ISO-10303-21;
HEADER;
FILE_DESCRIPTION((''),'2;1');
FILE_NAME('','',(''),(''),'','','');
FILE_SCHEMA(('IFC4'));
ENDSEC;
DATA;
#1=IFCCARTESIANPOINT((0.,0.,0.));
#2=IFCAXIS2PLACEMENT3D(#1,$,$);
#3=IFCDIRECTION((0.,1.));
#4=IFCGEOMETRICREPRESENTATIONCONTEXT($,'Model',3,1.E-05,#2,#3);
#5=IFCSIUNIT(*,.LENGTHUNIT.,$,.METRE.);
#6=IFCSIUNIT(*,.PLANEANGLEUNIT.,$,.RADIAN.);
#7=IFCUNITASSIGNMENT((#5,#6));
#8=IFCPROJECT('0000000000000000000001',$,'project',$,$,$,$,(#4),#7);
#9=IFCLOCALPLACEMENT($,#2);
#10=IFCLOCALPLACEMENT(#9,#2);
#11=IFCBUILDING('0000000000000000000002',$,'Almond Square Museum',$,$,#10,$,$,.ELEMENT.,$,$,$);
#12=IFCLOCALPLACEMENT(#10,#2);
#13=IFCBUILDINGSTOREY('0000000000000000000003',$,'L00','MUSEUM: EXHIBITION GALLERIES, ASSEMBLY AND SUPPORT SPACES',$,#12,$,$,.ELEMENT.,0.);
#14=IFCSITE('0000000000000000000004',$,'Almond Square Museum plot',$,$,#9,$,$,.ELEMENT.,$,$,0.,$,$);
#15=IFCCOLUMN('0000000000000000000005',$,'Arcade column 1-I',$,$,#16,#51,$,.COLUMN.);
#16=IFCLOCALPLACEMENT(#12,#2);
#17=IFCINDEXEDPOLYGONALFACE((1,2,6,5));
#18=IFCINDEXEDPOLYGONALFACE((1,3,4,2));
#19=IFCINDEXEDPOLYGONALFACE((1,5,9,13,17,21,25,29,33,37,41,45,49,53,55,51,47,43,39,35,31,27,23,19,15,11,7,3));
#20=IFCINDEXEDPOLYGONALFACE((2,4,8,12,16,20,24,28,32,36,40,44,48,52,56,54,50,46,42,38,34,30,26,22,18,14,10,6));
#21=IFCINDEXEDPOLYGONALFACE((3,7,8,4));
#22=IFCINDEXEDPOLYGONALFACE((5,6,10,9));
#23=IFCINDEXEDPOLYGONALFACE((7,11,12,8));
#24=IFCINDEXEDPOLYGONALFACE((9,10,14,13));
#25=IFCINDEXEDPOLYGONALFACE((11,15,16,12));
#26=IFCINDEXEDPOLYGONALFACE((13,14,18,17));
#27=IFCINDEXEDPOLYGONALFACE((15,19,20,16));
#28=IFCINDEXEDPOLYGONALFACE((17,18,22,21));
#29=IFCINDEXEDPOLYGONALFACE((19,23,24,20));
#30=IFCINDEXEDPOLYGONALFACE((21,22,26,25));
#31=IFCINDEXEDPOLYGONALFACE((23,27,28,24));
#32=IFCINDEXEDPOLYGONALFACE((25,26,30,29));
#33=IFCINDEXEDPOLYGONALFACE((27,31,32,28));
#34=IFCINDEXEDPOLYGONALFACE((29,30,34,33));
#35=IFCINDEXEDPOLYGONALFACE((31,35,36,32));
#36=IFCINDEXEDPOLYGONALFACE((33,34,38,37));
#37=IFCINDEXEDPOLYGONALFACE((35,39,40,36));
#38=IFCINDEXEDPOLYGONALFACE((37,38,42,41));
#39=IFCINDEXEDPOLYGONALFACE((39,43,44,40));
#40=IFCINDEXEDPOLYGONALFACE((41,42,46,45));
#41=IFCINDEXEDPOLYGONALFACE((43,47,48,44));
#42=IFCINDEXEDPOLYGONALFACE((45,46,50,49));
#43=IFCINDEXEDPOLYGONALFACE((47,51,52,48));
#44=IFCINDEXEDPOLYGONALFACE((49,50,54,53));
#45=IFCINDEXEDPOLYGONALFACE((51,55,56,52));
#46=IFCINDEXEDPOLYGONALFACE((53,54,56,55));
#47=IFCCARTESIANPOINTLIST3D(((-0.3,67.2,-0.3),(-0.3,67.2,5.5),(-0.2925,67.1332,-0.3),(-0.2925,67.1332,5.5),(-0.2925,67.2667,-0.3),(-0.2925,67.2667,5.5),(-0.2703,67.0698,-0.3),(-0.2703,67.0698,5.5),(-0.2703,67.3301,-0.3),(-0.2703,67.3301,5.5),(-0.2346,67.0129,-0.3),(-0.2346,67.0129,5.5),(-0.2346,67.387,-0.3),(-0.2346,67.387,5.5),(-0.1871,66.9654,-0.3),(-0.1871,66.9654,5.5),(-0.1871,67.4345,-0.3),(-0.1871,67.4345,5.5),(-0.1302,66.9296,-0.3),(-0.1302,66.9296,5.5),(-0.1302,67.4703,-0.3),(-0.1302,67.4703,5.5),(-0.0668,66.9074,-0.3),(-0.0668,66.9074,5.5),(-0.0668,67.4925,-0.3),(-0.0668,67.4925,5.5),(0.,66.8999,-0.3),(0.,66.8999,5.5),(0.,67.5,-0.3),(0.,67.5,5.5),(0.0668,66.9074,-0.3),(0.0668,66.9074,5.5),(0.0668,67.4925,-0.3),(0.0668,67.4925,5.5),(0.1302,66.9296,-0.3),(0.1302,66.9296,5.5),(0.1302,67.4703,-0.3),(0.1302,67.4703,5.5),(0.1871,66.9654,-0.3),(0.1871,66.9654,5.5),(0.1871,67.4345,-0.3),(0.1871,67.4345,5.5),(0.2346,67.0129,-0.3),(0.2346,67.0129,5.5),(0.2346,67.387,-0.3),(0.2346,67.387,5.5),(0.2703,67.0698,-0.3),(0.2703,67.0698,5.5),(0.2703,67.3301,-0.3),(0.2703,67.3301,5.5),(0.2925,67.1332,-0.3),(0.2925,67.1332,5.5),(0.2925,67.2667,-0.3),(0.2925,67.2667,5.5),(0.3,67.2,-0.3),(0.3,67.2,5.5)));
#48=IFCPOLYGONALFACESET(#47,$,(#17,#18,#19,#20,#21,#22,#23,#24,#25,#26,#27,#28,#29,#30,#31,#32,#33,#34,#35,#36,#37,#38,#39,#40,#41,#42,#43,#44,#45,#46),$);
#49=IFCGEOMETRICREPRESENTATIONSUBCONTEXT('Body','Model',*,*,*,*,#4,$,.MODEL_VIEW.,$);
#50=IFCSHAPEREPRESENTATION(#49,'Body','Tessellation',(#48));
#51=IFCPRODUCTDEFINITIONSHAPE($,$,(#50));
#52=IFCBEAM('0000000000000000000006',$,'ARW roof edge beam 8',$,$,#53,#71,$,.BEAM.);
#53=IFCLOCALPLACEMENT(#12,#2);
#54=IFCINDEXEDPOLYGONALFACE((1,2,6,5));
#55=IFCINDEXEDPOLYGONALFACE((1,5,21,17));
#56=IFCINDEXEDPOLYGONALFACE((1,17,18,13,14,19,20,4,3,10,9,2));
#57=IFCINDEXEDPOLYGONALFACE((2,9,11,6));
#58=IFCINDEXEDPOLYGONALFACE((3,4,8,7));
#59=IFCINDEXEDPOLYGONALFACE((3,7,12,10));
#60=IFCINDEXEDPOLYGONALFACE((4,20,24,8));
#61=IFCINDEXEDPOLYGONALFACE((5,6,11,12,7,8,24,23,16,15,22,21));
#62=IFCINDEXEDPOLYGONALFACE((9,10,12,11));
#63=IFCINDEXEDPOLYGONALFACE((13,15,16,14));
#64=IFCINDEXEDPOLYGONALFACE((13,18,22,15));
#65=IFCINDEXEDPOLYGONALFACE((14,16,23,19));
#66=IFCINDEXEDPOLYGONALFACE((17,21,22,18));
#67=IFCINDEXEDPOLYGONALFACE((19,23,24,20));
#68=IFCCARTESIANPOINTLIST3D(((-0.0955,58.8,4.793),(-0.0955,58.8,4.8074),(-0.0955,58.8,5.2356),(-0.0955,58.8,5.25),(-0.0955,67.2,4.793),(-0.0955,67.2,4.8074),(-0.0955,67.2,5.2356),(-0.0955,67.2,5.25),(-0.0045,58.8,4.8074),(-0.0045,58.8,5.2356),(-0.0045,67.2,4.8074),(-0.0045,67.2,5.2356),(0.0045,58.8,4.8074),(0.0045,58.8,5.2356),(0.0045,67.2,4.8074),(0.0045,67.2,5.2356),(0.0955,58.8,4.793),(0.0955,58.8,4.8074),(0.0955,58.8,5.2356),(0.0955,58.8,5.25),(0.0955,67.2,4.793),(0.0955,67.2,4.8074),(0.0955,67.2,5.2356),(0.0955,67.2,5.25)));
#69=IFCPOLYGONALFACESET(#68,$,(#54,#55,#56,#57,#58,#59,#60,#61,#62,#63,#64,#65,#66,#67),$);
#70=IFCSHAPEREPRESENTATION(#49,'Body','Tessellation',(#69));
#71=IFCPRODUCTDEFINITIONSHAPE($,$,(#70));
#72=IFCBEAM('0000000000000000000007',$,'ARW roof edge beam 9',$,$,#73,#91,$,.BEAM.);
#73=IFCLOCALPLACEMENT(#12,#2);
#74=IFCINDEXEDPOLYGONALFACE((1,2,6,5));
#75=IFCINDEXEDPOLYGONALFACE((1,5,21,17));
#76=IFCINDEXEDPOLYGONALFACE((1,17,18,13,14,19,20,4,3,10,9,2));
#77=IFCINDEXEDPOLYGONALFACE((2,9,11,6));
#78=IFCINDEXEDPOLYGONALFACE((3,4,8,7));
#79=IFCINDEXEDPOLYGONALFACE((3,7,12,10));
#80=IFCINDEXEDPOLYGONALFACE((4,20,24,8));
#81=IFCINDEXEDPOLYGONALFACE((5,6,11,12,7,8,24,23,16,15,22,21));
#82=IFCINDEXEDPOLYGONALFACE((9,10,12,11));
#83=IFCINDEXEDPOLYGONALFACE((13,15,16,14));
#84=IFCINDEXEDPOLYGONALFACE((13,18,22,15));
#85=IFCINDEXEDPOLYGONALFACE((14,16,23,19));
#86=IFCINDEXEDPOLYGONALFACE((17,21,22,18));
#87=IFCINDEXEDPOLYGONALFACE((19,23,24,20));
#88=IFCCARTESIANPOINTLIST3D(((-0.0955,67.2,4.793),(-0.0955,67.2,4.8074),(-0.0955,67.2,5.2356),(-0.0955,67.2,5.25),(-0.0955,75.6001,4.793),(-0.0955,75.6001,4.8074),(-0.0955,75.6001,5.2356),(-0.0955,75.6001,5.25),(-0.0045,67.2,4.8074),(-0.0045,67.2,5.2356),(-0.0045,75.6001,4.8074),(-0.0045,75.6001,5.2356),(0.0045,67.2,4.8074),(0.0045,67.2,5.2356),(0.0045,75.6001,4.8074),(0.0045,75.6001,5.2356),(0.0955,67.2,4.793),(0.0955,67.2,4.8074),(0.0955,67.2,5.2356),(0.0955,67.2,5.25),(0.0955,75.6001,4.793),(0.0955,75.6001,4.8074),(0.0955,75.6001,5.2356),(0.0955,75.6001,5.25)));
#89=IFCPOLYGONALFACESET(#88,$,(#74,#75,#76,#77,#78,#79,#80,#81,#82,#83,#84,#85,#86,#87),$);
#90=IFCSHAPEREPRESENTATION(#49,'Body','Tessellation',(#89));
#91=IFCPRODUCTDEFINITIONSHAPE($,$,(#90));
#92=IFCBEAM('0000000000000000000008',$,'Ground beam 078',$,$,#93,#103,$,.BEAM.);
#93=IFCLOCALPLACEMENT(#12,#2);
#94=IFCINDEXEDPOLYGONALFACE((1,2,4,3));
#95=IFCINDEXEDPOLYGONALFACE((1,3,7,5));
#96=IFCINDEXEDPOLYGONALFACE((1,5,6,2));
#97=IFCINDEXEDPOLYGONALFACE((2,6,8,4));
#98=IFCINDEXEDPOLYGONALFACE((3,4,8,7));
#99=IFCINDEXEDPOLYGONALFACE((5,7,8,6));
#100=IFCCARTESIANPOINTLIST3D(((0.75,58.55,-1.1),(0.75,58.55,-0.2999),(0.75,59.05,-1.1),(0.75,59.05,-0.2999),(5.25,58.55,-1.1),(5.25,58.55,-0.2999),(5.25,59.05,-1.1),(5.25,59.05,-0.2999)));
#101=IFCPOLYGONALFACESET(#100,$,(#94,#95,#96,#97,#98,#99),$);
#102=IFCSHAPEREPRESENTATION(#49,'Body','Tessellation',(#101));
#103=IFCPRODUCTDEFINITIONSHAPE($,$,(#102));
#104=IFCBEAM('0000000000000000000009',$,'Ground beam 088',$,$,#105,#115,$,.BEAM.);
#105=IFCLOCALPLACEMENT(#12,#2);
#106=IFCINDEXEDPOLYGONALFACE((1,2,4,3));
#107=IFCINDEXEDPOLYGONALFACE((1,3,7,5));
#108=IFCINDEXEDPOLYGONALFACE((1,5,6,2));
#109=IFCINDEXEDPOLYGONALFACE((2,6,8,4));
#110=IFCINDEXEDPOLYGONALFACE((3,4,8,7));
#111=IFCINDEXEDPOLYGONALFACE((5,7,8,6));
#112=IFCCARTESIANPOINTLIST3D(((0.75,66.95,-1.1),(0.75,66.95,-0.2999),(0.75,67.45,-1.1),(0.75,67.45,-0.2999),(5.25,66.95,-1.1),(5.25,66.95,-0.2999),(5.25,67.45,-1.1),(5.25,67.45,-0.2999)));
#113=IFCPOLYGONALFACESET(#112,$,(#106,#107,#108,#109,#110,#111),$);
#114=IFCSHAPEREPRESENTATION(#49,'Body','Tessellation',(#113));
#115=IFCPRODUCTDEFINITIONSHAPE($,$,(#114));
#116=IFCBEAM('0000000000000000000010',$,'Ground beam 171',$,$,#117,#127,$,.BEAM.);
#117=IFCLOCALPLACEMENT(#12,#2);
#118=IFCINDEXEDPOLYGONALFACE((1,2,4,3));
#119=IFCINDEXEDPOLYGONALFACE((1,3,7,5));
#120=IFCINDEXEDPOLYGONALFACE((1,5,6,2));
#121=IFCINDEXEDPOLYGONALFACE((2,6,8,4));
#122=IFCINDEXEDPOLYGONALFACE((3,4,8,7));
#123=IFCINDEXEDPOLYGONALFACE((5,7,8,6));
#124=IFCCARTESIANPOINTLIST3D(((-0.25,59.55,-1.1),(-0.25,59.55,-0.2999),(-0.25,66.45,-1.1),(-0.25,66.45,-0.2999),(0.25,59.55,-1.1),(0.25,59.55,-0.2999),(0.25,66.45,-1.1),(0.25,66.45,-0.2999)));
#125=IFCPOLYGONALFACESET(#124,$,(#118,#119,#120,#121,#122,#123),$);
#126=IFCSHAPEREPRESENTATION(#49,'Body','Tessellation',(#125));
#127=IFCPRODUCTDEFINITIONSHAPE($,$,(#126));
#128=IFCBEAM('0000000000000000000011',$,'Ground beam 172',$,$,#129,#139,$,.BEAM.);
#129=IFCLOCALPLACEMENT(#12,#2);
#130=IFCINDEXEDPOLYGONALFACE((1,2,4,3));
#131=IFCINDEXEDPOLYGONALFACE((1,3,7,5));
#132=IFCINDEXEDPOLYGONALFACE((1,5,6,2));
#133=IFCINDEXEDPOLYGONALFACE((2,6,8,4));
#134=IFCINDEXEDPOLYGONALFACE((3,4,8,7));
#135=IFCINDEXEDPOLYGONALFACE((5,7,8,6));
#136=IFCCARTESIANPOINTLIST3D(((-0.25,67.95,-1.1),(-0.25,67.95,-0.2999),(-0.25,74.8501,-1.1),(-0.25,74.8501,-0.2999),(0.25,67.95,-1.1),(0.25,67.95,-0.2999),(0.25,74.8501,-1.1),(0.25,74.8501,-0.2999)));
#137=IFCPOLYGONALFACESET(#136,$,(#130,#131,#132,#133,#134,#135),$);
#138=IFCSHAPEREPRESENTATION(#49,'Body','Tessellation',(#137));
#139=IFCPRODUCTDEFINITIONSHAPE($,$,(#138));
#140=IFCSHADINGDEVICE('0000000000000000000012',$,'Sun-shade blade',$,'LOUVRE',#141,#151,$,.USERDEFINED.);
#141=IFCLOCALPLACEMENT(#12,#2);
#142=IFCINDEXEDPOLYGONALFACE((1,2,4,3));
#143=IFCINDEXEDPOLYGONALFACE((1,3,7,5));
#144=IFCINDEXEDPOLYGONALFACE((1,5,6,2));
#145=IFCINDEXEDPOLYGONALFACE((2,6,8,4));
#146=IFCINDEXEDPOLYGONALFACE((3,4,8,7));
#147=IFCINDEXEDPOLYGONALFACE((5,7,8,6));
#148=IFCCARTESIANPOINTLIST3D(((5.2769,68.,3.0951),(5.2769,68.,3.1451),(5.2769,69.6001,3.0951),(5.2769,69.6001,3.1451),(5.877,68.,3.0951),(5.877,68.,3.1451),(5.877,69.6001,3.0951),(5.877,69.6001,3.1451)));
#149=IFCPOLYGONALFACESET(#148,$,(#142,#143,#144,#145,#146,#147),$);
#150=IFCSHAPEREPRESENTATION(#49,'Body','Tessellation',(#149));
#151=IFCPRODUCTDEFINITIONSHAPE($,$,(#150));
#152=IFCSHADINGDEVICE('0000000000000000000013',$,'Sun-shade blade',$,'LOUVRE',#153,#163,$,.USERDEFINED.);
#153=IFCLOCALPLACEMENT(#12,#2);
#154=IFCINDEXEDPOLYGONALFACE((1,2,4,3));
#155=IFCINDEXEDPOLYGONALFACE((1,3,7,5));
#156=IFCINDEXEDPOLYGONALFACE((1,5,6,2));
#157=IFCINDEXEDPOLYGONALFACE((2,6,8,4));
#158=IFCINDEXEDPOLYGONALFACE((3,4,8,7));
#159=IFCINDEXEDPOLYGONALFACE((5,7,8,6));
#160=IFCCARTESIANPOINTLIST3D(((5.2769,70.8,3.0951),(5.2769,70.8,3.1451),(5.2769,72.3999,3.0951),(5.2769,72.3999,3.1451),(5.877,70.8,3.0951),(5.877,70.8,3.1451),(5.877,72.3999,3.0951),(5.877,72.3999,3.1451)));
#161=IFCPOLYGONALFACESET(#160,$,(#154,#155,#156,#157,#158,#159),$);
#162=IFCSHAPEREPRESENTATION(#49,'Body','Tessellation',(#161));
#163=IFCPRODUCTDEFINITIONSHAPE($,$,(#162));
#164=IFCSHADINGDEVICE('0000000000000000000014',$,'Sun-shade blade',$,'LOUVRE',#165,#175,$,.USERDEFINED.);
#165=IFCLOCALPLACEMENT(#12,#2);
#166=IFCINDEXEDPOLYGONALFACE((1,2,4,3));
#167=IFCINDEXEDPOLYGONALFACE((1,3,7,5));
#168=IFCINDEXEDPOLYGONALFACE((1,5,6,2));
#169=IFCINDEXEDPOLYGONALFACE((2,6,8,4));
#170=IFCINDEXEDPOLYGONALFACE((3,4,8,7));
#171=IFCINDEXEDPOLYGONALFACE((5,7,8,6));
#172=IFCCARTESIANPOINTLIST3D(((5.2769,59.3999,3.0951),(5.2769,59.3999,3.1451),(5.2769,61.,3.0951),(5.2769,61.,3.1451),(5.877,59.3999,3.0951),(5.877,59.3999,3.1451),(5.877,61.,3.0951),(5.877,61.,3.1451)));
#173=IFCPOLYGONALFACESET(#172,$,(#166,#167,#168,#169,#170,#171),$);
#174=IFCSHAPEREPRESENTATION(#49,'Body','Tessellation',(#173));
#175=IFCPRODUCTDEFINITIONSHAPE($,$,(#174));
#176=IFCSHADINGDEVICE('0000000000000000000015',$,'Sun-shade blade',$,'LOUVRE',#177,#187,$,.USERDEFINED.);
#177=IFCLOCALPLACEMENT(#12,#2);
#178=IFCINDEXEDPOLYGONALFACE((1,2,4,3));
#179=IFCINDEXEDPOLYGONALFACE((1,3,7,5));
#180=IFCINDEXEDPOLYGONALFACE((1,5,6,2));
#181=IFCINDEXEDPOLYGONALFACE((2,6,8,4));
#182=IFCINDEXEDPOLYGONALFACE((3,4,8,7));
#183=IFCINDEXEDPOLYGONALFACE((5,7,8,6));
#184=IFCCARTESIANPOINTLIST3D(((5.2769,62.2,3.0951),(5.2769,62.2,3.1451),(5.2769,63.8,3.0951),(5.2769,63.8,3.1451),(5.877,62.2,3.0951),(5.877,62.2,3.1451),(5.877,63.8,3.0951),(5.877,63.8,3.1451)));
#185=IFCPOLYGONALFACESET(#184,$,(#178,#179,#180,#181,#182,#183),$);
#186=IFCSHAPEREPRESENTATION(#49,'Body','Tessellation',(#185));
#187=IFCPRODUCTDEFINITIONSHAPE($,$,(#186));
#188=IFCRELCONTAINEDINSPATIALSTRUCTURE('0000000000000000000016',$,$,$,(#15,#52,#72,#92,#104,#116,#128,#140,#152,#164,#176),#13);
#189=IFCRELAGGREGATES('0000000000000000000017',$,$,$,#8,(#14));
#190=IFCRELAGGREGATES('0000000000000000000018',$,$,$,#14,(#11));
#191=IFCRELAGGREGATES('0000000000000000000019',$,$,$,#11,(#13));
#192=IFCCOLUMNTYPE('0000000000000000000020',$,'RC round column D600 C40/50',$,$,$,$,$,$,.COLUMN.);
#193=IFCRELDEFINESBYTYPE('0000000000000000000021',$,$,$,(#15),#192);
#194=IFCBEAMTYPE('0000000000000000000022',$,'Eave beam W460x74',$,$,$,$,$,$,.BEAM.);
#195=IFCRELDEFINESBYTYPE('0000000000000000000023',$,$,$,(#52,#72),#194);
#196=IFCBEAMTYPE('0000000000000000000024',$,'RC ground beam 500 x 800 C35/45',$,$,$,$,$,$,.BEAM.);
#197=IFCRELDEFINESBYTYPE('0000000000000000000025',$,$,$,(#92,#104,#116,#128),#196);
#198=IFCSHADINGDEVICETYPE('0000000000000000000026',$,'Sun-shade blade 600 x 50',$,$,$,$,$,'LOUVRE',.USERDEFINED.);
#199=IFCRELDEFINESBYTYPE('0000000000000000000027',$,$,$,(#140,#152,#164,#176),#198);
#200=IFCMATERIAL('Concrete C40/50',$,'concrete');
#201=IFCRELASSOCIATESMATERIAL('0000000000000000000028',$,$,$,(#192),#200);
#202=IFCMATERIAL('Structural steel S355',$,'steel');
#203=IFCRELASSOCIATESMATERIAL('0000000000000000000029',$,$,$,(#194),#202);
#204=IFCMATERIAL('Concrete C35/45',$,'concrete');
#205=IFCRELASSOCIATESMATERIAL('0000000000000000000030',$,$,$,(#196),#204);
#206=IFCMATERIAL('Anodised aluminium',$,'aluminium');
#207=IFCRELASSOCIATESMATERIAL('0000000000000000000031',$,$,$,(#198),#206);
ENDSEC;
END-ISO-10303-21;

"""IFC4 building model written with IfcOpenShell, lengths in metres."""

from ifc_helpers import new_model, si_unit, direction, frame, origin, origin_2d, place, context, subcontext, project, spatial, rectangle, circle, i_section, extrude, material, material_profile, profile_set, type_object, element, save


model = new_model("IFC4")

# Units and contexts
model_context = context("Model", 3, precision=1e-05, world=origin(), true_north=direction((0.0, 1.0)))
body_context = subcontext(model_context, "Body", "Model", "MODEL_VIEW")
ifc_project = project(units=[si_unit("LENGTHUNIT", "METRE"), si_unit("PLANEANGLEUNIT", "RADIAN")], contexts=[model_context])

# Site, building, storey
site_placement = place(None, origin())
site = spatial("IfcSite", under=ifc_project, at=site_placement, Name="Almond Square Museum plot", CompositionType="ELEMENT", RefElevation=0.0)
building_placement = place(site_placement, origin())
building = spatial("IfcBuilding", under=site, at=building_placement, Name="Almond Square Museum", CompositionType="ELEMENT")
storey_placement = place(building_placement, origin())
storey = spatial("IfcBuildingStorey", under=building, at=storey_placement, Name="L00", Description="MUSEUM: EXHIBITION GALLERIES, ASSEMBLY AND SUPPORT SPACES", CompositionType="ELEMENT", Elevation=0.0)

# Column
ifc_material_1 = material(Name="Concrete C40/50", Category="concrete")
ifc_material_profile_1 = material_profile(ifc_material_1, circle(Radius=0.3, at=origin_2d()))
ifc_profile_set_1 = profile_set([ifc_material_profile_1], Name="Concrete C40/50")
column_type_1 = type_object("IfcColumnType", Name="RC round column D600 C40/50", PredefinedType="COLUMN", material=ifc_profile_set_1)
for number, where, z_axis, x_axis, name in (
    (1, (0.0, 67.2, -0.3), (0.0, 0.0, 1.0), (1.0, 0.0, 0.0), "Arcade column 1-I"),
):
    element("IfcColumn", number, at=place(storey_placement, frame(where, z_axis=z_axis, x_axis=x_axis)), inside=storey, type_object=column_type_1, Name=name, PredefinedType="COLUMN", context=body_context, shape_type="SweptSolid", body=[
        extrude(circle(Radius=0.3, at=origin_2d()), origin(), (0.0, 0.0, 1.0), 5.8),
    ])

# Beams
ifc_material_2 = material(Name="Structural steel S355", Category="steel")
ifc_material_profile_2 = material_profile(ifc_material_2, i_section(OverallWidth=0.1909, OverallDepth=0.457, WebThickness=0.009, FlangeThickness=0.0144, at=origin_2d()))
ifc_profile_set_2 = profile_set([ifc_material_profile_2], Name="Structural steel S355")
beam_type_1 = type_object("IfcBeamType", Name="Eave beam W460x74", PredefinedType="BEAM", material=ifc_profile_set_2)
beam_1_placement = place(storey_placement, frame((0.0, 58.8, 5.0215), z_axis=(0.0, 1.0, 0.0), x_axis=(-1.0, 0.0, 0.0)))
element("IfcBeam", 2, at=beam_1_placement, inside=storey, type_object=beam_type_1, Name="ARW roof edge beam 8", PredefinedType="BEAM", context=body_context, shape_type="SweptSolid", body=[
    extrude(i_section(OverallWidth=0.1909, OverallDepth=0.457, WebThickness=0.009, FlangeThickness=0.0144, at=origin_2d()), origin(), (0.0, 0.0, 1.0), 8.3999),
])
beam_2_placement = place(storey_placement, frame((0.0, 67.2, 5.0215), z_axis=(0.0, 1.0, 0.0), x_axis=(-1.0, 0.0, 0.0)))
element("IfcBeam", 3, at=beam_2_placement, inside=storey, type_object=beam_type_1, Name="ARW roof edge beam 9", PredefinedType="BEAM", context=body_context, shape_type="SweptSolid", body=[
    extrude(i_section(OverallWidth=0.1909, OverallDepth=0.457, WebThickness=0.009, FlangeThickness=0.0144, at=origin_2d()), origin(), (0.0, 0.0, 1.0), 8.4001),
])
ifc_material_3 = material(Name="Concrete C35/45", Category="concrete")
ifc_material_profile_3 = material_profile(ifc_material_3, rectangle(XDim=0.5, YDim=0.8, at=origin_2d()))
ifc_profile_set_3 = profile_set([ifc_material_profile_3], Name="Concrete C35/45")
beam_type_2 = type_object("IfcBeamType", Name="RC ground beam 500 x 800 C35/45", PredefinedType="BEAM", material=ifc_profile_set_3)
for number, where, z_axis, x_axis, name in (
    (4, (0.75, 58.8, -0.7), (1.0, 0.0, 0.0), (0.0, 1.0, 0.0), "Ground beam 078"),
    (5, (0.75, 67.2, -0.7), (1.0, 0.0, 0.0), (0.0, 1.0, 0.0), "Ground beam 088"),
):
    element("IfcBeam", number, at=place(storey_placement, frame(where, z_axis=z_axis, x_axis=x_axis)), inside=storey, type_object=beam_type_2, Name=name, PredefinedType="BEAM", context=body_context, shape_type="SweptSolid", body=[
        extrude(rectangle(XDim=0.5, YDim=0.8, at=origin_2d()), origin(), (0.0, 0.0, 1.0), 4.5),
    ])
beam_3_placement = place(storey_placement, frame((0.0, 59.55, -0.7), z_axis=(0.0, 1.0, 0.0), x_axis=(-1.0, 0.0, 0.0)))
element("IfcBeam", 6, at=beam_3_placement, inside=storey, type_object=beam_type_2, Name="Ground beam 171", PredefinedType="BEAM", context=body_context, shape_type="SweptSolid", body=[
    extrude(rectangle(XDim=0.5, YDim=0.8, at=origin_2d()), origin(), (0.0, 0.0, 1.0), 6.8999),
])
beam_4_placement = place(storey_placement, frame((0.0, 67.95, -0.7), z_axis=(0.0, 1.0, 0.0), x_axis=(-1.0, 0.0, 0.0)))
element("IfcBeam", 7, at=beam_4_placement, inside=storey, type_object=beam_type_2, Name="Ground beam 172", PredefinedType="BEAM", context=body_context, shape_type="SweptSolid", body=[
    extrude(rectangle(XDim=0.5, YDim=0.8, at=origin_2d()), origin(), (0.0, 0.0, 1.0), 6.9001),
])

# Shading devices
ifc_material_4 = material(Name="Anodised aluminium", Category="aluminium")
ifc_material_profile_4 = material_profile(ifc_material_4, rectangle(XDim=0.6001, YDim=0.05, at=origin_2d()))
ifc_profile_set_4 = profile_set([ifc_material_profile_4], Name="Anodised aluminium")
shading_device_type = type_object("IfcShadingDeviceType", Name="Sun-shade blade 600 x 50", ElementType="LOUVRE", PredefinedType="USERDEFINED", material=ifc_profile_set_4)
shading_device_1_placement = place(storey_placement, frame((5.5769, 68.0, 3.1201), z_axis=(0.0, 1.0, 0.0), x_axis=(-1.0, 0.0, 0.0)))
element("IfcShadingDevice", 8, at=shading_device_1_placement, inside=storey, type_object=shading_device_type, Name="Sun-shade blade", ObjectType="LOUVRE", PredefinedType="USERDEFINED", context=body_context, shape_type="SweptSolid", body=[
    extrude(rectangle(XDim=0.6001, YDim=0.05, at=origin_2d()), origin(), (0.0, 0.0, 1.0), 1.6001),
])
shading_device_2_placement = place(storey_placement, frame((5.5769, 70.8, 3.1201), z_axis=(0.0, 1.0, 0.0), x_axis=(-1.0, 0.0, 0.0)))
element("IfcShadingDevice", 9, at=shading_device_2_placement, inside=storey, type_object=shading_device_type, Name="Sun-shade blade", ObjectType="LOUVRE", PredefinedType="USERDEFINED", context=body_context, shape_type="SweptSolid", body=[
    extrude(rectangle(XDim=0.6001, YDim=0.05, at=origin_2d()), origin(), (0.0, 0.0, 1.0), 1.5999),
])
for number, where, z_axis, x_axis, name in (
    (10, (5.5769, 59.3999, 3.1201), (0.0, 1.0, 0.0), (-1.0, 0.0, 0.0), "Sun-shade blade"),
    (11, (5.5769, 62.2, 3.1201), (0.0, 1.0, 0.0), (-1.0, 0.0, 0.0), "Sun-shade blade"),
):
    element("IfcShadingDevice", number, at=place(storey_placement, frame(where, z_axis=z_axis, x_axis=x_axis)), inside=storey, type_object=shading_device_type, Name=name, ObjectType="LOUVRE", PredefinedType="USERDEFINED", context=body_context, shape_type="SweptSolid", body=[
        extrude(rectangle(XDim=0.6001, YDim=0.05, at=origin_2d()), origin(), (0.0, 0.0, 1.0), 1.6001),
    ])

save(model, "model.ifc")
